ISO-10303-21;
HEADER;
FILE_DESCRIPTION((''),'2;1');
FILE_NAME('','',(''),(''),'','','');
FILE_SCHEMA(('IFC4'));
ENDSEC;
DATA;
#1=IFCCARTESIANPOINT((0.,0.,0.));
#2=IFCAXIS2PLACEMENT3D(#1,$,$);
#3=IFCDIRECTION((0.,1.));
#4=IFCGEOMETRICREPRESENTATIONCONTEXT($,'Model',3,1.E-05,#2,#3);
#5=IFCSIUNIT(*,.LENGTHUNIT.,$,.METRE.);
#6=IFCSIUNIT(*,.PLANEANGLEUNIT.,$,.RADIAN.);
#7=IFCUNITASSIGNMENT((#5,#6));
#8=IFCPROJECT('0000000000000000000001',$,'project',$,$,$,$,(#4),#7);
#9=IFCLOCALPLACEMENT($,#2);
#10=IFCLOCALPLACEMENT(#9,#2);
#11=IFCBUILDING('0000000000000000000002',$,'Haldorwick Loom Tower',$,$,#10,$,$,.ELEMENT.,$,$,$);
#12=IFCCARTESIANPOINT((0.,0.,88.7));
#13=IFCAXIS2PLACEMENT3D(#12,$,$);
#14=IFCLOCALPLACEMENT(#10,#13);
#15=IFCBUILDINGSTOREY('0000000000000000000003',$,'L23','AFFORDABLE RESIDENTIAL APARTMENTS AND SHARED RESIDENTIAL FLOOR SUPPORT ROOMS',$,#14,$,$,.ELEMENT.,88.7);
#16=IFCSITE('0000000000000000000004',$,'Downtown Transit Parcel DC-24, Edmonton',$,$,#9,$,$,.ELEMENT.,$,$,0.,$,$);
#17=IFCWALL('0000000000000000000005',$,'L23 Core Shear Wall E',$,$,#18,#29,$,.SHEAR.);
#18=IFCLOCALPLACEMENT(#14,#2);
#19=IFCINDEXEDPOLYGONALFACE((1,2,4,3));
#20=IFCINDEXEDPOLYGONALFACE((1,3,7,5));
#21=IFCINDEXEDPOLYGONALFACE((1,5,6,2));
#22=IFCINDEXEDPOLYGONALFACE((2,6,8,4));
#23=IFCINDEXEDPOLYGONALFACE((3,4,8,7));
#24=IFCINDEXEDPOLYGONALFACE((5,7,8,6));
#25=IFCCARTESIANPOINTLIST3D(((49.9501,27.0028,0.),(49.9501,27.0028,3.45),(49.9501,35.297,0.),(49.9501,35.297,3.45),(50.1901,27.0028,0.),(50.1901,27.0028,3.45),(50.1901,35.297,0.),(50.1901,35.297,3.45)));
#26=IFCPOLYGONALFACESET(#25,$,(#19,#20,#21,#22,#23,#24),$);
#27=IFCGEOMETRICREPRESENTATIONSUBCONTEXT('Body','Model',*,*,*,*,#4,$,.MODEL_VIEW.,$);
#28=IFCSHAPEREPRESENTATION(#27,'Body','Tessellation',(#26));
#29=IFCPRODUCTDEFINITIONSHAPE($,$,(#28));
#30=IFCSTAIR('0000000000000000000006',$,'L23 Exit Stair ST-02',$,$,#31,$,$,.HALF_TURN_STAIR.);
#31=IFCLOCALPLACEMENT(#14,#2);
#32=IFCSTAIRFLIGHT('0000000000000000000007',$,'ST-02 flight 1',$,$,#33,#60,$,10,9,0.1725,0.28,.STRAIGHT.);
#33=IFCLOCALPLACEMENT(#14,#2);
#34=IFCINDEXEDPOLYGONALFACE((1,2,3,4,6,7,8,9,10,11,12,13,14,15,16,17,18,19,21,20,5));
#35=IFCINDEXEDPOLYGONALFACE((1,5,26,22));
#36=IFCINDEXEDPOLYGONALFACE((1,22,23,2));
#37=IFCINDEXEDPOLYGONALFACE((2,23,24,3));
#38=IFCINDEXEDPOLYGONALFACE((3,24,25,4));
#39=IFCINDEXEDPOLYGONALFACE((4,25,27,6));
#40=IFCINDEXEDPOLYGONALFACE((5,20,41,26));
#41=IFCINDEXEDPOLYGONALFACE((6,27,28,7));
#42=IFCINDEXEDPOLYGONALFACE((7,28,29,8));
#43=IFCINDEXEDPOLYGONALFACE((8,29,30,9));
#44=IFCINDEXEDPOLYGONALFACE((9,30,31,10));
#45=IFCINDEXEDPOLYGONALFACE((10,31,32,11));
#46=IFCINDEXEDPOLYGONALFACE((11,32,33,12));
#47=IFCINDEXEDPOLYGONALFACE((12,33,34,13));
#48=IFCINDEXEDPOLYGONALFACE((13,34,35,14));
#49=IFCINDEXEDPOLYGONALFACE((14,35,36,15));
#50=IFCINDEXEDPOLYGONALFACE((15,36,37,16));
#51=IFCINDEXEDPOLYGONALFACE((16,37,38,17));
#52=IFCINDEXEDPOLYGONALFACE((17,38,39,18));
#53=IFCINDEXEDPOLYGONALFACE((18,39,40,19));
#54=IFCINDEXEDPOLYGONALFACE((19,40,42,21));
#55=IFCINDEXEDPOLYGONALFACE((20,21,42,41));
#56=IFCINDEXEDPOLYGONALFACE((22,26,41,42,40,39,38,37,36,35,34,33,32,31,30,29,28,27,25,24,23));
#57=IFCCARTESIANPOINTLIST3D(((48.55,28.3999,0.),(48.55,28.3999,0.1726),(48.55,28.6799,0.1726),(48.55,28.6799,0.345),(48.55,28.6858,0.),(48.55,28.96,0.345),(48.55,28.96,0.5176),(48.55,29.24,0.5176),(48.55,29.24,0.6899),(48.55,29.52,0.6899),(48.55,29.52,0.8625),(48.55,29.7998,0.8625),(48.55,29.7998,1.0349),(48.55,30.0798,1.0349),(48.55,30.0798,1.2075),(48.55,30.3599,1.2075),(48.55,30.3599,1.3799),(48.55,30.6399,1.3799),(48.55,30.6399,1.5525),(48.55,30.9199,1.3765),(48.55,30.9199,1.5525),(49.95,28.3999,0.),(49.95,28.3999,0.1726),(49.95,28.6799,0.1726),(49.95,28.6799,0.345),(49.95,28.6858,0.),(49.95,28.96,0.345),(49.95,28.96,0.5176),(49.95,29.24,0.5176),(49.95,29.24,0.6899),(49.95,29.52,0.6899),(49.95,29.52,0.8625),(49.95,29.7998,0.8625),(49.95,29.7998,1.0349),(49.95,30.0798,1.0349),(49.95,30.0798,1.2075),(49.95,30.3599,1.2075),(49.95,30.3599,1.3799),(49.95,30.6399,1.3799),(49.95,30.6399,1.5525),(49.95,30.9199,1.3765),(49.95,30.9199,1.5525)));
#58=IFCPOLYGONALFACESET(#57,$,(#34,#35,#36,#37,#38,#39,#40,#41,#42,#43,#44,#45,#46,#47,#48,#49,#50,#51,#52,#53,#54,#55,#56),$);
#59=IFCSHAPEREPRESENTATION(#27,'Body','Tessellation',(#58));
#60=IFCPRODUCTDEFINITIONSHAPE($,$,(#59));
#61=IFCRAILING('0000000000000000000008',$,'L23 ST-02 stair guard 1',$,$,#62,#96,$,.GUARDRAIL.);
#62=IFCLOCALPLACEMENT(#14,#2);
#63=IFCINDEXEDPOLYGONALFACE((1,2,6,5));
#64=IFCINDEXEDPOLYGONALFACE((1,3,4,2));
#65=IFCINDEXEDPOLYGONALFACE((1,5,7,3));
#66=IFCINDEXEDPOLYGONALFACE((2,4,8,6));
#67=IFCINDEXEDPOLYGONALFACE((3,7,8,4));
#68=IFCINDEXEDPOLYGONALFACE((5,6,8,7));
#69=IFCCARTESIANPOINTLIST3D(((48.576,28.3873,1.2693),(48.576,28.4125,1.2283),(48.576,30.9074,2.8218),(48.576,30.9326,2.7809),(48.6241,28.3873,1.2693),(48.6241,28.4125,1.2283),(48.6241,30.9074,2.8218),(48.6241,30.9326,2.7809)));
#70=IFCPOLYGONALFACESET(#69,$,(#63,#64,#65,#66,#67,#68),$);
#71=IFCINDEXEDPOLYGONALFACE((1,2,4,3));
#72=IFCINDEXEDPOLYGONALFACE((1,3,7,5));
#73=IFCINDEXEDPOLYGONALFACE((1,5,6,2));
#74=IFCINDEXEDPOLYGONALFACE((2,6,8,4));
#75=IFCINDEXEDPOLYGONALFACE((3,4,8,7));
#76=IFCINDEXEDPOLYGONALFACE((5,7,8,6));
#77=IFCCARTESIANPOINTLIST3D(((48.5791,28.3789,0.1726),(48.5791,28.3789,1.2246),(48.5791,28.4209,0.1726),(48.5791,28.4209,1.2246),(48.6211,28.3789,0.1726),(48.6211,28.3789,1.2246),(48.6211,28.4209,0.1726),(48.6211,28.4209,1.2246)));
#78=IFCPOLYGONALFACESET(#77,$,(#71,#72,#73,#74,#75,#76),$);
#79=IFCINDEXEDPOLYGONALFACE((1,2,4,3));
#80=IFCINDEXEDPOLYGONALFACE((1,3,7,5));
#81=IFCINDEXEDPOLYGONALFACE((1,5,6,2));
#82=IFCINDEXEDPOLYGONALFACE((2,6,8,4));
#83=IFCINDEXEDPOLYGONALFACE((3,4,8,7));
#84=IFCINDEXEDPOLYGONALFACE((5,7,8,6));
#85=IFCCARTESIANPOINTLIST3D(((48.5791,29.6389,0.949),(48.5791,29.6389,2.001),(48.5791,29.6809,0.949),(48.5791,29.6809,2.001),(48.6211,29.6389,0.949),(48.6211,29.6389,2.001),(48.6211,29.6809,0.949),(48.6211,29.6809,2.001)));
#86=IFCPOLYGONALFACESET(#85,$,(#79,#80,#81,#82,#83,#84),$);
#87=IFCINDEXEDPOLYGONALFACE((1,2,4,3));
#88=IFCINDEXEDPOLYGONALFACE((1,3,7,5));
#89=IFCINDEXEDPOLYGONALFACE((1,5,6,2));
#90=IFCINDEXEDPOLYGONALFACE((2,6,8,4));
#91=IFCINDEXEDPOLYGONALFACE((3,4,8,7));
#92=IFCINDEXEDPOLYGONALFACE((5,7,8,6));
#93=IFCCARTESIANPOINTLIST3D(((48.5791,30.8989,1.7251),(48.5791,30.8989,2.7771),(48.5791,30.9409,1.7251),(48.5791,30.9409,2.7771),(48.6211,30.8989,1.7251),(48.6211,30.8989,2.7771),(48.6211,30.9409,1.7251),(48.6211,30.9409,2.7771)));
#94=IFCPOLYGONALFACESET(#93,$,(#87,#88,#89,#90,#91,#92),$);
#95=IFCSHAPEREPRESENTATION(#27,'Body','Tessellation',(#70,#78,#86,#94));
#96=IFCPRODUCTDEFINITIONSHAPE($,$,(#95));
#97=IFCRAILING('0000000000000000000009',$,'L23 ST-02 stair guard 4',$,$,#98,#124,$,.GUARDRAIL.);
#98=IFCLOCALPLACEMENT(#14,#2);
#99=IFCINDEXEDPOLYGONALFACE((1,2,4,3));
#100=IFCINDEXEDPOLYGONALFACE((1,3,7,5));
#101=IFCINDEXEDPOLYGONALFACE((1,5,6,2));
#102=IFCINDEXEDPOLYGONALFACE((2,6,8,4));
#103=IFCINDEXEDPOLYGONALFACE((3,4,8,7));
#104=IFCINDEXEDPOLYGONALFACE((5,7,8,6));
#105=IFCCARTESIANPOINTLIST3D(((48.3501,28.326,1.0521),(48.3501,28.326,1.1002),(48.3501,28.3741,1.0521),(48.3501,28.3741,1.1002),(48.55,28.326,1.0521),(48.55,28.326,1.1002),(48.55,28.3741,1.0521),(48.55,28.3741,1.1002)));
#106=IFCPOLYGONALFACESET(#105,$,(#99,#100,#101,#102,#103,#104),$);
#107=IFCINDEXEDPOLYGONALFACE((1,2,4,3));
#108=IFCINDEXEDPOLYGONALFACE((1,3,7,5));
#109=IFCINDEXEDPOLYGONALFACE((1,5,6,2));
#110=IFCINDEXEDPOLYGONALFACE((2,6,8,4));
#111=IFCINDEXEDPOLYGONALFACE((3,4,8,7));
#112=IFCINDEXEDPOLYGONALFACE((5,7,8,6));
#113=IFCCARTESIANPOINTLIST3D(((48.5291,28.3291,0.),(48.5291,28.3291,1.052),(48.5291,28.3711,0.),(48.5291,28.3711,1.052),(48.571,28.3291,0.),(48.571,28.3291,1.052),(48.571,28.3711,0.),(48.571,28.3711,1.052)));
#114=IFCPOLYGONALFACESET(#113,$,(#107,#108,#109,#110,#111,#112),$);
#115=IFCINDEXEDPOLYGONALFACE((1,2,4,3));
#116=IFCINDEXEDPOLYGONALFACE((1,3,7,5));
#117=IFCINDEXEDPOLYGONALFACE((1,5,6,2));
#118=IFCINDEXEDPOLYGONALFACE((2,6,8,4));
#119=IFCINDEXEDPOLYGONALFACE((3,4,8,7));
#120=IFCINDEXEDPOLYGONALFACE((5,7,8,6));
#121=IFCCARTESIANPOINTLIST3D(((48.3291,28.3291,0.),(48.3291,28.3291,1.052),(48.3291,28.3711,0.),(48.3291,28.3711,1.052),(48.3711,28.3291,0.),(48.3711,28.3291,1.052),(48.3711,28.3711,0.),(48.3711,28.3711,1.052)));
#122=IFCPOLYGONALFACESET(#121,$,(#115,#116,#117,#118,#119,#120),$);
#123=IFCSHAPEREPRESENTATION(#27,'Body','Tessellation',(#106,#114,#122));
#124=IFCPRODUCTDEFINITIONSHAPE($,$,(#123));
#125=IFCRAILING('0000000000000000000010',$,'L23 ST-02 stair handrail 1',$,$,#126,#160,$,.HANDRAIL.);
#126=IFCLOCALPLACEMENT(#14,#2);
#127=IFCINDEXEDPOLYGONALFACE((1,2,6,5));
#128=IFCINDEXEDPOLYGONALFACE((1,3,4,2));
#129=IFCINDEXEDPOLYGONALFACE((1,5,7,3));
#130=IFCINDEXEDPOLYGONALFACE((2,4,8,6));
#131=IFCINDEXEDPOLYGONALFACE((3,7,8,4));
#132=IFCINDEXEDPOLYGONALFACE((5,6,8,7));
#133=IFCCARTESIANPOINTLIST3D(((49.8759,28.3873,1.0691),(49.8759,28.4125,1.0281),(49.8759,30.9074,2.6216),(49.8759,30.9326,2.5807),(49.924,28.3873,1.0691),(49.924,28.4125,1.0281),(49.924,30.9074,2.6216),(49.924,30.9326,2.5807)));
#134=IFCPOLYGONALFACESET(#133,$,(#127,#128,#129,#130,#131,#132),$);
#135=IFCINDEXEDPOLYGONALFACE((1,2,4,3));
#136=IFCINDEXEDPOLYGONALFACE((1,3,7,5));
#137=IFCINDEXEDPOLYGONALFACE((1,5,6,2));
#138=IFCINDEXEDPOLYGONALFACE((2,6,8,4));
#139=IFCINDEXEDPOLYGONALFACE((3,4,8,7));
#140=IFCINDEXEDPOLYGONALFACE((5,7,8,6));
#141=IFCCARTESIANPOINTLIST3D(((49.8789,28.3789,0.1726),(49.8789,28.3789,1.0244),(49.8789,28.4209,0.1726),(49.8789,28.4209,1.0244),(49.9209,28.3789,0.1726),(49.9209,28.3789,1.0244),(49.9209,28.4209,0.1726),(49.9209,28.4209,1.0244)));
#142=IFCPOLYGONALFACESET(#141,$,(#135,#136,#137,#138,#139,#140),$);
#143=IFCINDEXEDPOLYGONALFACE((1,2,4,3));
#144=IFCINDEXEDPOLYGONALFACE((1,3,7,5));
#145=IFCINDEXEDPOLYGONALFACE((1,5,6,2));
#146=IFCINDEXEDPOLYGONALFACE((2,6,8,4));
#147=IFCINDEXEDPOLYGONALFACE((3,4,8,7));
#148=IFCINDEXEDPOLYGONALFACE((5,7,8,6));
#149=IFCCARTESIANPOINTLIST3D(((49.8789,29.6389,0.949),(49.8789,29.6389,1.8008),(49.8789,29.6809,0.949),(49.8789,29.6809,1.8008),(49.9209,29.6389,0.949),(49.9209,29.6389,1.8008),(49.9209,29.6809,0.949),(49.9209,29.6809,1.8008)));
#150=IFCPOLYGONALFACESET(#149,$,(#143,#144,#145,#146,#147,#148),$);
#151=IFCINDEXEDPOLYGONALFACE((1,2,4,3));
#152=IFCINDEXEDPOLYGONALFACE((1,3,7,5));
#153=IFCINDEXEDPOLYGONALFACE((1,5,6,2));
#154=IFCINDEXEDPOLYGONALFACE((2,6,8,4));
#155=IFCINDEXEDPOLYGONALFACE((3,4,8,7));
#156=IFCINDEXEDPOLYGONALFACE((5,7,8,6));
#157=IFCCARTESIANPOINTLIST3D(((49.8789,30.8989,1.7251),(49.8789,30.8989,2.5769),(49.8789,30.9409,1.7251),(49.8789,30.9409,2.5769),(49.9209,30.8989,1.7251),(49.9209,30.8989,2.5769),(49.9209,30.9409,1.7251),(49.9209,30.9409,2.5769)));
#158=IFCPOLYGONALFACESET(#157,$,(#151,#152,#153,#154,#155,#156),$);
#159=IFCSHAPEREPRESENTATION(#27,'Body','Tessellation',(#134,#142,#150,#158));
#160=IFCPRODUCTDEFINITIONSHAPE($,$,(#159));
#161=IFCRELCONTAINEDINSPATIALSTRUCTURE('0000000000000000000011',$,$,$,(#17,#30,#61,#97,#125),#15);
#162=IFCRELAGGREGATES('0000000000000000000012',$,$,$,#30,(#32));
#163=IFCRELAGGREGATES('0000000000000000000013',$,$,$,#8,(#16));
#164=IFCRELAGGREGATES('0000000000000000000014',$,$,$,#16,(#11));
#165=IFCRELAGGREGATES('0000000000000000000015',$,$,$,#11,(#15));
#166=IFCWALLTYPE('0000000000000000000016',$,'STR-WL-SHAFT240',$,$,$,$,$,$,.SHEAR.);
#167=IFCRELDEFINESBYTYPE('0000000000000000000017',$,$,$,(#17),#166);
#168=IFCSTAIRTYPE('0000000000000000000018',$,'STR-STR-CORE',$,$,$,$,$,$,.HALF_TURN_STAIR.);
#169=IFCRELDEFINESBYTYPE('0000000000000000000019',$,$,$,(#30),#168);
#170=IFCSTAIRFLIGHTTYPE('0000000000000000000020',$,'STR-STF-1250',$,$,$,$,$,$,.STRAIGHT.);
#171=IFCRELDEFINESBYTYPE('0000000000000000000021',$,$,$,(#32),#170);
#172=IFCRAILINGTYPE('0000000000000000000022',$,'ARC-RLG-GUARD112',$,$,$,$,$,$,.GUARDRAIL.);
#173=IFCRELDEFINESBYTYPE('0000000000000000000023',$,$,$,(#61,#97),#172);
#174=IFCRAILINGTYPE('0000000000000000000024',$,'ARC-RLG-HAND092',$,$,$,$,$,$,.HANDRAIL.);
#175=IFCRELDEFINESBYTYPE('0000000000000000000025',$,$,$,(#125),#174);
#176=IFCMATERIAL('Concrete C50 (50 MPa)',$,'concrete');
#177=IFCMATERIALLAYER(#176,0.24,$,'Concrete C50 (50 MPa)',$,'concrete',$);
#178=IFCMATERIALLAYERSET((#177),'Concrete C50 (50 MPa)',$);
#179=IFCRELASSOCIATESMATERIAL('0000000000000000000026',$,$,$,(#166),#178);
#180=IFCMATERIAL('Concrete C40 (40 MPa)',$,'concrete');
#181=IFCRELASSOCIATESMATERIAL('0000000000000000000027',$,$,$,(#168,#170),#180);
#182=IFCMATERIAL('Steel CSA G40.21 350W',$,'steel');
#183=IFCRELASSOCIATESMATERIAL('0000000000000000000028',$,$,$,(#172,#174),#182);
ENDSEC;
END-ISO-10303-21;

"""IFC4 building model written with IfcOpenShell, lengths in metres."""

from ifc_helpers import new_model, si_unit, direction, frame, frame_2d, origin, origin_2d, place, context, subcontext, project, spatial, polyline, rectangle, outline, extrude, material, layer, layer_set, type_object, element, aggregate, save


model = new_model("IFC4")

# Units and contexts
model_context = context("Model", 3, precision=1e-05, world=origin(), true_north=direction((0.0, 1.0)))
body_context = subcontext(model_context, "Body", "Model", "MODEL_VIEW")
ifc_project = project(units=[si_unit("LENGTHUNIT", "METRE"), si_unit("PLANEANGLEUNIT", "RADIAN")], contexts=[model_context])

# Site, building, storey
site_placement = place(None, origin())
site = spatial("IfcSite", under=ifc_project, at=site_placement, Name="Downtown Transit Parcel DC-24, Edmonton", CompositionType="ELEMENT", RefElevation=0.0)
building_placement = place(site_placement, origin())
building = spatial("IfcBuilding", under=site, at=building_placement, Name="Haldorwick Loom Tower", CompositionType="ELEMENT")
storey_placement = place(building_placement, frame((0.0, 0.0, 88.7)))
storey = spatial("IfcBuildingStorey", under=building, at=storey_placement, Name="L23", Description="AFFORDABLE RESIDENTIAL APARTMENTS AND SHARED RESIDENTIAL FLOOR SUPPORT ROOMS", CompositionType="ELEMENT", Elevation=88.7)

# Shared definitions
ifc_material_1 = material(Name="Steel CSA G40.21 350W", Category="steel")

# Wall
ifc_material_2 = material(Name="Concrete C50 (50 MPa)", Category="concrete")
ifc_layer_1 = layer(ifc_material_2, 0.24, Name="Concrete C50 (50 MPa)", Category="concrete")
ifc_layer_set_1 = layer_set([ifc_layer_1], Name="Concrete C50 (50 MPa)")
wall_type_1 = type_object("IfcWallType", Name="STR-WL-SHAFT240", PredefinedType="SHEAR", material=ifc_layer_set_1)
wall_1_placement = place(storey_placement, frame((50.0701, 27.0029, 0.0), z_axis=(0.0, 0.0, 1.0), x_axis=(0.0, 1.0, 0.0)))
element("IfcWall", 1, at=wall_1_placement, inside=storey, type_object=wall_type_1, Name="L23 Core Shear Wall E", PredefinedType="SHEAR", context=body_context, shape_type="SweptSolid", body=[
    extrude(rectangle(XDim=8.2942, YDim=0.24, at=frame_2d((4.147, 0.0))), origin(), (0.0, 0.0, 1.0), 3.45),
])

# Stair, stair flight
ifc_material_3 = material(Name="Concrete C40 (40 MPa)", Category="concrete")
stair_type = type_object("IfcStairType", Name="STR-STR-CORE", PredefinedType="HALF_TURN_STAIR", material=ifc_material_3)
stair_placement = place(storey_placement, origin())
stair = element("IfcStair", 2, at=stair_placement, inside=storey, type_object=stair_type, Name="L23 Exit Stair ST-02", PredefinedType="HALF_TURN_STAIR")
stair_flight_type = type_object("IfcStairFlightType", Name="STR-STF-1250", PredefinedType="STRAIGHT", material=ifc_material_3)
stair_flight_placement = place(storey_placement, frame((49.25, 28.3999, 0.0), z_axis=(0.0, 0.0, 1.0), x_axis=(0.0, 1.0, 0.0)))
stair_flight = element("IfcStairFlight", 3, at=stair_flight_placement, type_object=stair_flight_type, Name="ST-02 flight 1", NumberOfRisers=10, NumberOfTreads=9, PredefinedType="STRAIGHT", RiserHeight=0.1725, TreadLength=0.28, context=body_context, shape_type="SweptSolid", body=[
    extrude(outline(polyline([(0.0, 0.0), (0.0, 0.1726), (0.28, 0.1726), (0.28, 0.345), (0.5601, 0.345), (0.5601, 0.5176), (0.8401, 0.5176), (0.8401, 0.6899), (1.1201, 0.6899), (1.1201, 0.8625), (1.3999, 0.8625), (1.3999, 1.0349), (1.6799, 1.0349), (1.6799, 1.2075), (1.96, 1.2075), (1.96, 1.3799), (2.24, 1.3799), (2.24, 1.5525), (2.52, 1.5525), (2.52, 1.7251), (2.52, 1.3765), (0.2859, 0.0), (0.0, 0.0)])), frame((0.0, 0.7, 0.0), z_axis=(0.0, -1.0, 0.0), x_axis=(1.0, 0.0, 0.0)), (0.0, 0.0, 1.0), 1.3999),
])
aggregate(stair, [stair_flight])

# Railings
railing_type_1 = type_object("IfcRailingType", Name="ARC-RLG-GUARD112", PredefinedType="GUARDRAIL", material=ifc_material_1)
railing_1_placement = place(storey_placement, frame((48.6001, 28.3999, 0.1726)))
element("IfcRailing", 4, at=railing_1_placement, inside=storey, type_object=railing_type_1, Name="L23 ST-02 stair guard 1", PredefinedType="GUARDRAIL", context=body_context, shape_type="SweptSolid", body=[
    extrude(rectangle(XDim=0.0481, YDim=0.0481, at=origin_2d()), frame((0.0, 0.0, 1.0762), z_axis=(0.0, 0.8514, 0.524516), x_axis=(-1.0, 0.0, 0.0)), (0.0, 0.0, 1.0), 2.96),
    extrude(rectangle(XDim=0.042, YDim=0.042, at=origin_2d()), origin(), (0.0, 0.0, 1.0), 1.052),
    extrude(rectangle(XDim=0.042, YDim=0.042, at=origin_2d()), frame((0.0, 1.26, 0.7764)), (0.0, 0.0, 1.0), 1.052),
    extrude(rectangle(XDim=0.042, YDim=0.042, at=origin_2d()), frame((0.0, 2.52, 1.5525)), (0.0, 0.0, 1.0), 1.052),
])
railing_2_placement = place(storey_placement, frame((48.55, 28.3501, 0.0)))
element("IfcRailing", 5, at=railing_2_placement, inside=storey, type_object=railing_type_1, Name="L23 ST-02 stair guard 4", PredefinedType="GUARDRAIL", context=body_context, shape_type="SweptSolid", body=[
    extrude(rectangle(XDim=0.0481, YDim=0.0481, at=origin_2d()), frame((0.0, 0.0, 1.0762), z_axis=(-1.0, 0.0, 0.0), x_axis=(0.0, -1.0, 0.0)), (0.0, 0.0, 1.0), 0.2),
    extrude(rectangle(XDim=0.042, YDim=0.042, at=origin_2d()), origin(), (0.0, 0.0, 1.0), 1.052),
    extrude(rectangle(XDim=0.042, YDim=0.042, at=origin_2d()), frame((-0.2, 0.0, 0.0)), (0.0, 0.0, 1.0), 1.052),
])
railing_type_2 = type_object("IfcRailingType", Name="ARC-RLG-HAND092", PredefinedType="HANDRAIL", material=ifc_material_1)
railing_3_placement = place(storey_placement, frame((49.8999, 28.3999, 0.1726)))
element("IfcRailing", 6, at=railing_3_placement, inside=storey, type_object=railing_type_2, Name="L23 ST-02 stair handrail 1", PredefinedType="HANDRAIL", context=body_context, shape_type="SweptSolid", body=[
    extrude(rectangle(XDim=0.0481, YDim=0.0481, at=origin_2d()), frame((0.0, 0.0, 0.876), z_axis=(0.0, 0.8514, 0.524516), x_axis=(-1.0, 0.0, 0.0)), (0.0, 0.0, 1.0), 2.96),
    extrude(rectangle(XDim=0.042, YDim=0.042, at=origin_2d()), origin(), (0.0, 0.0, 1.0), 0.8518),
    extrude(rectangle(XDim=0.042, YDim=0.042, at=origin_2d()), frame((0.0, 1.26, 0.7764)), (0.0, 0.0, 1.0), 0.8518),
    extrude(rectangle(XDim=0.042, YDim=0.042, at=origin_2d()), frame((0.0, 2.52, 1.5525)), (0.0, 0.0, 1.0), 0.8518),
])

save(model, "model.ifc")
